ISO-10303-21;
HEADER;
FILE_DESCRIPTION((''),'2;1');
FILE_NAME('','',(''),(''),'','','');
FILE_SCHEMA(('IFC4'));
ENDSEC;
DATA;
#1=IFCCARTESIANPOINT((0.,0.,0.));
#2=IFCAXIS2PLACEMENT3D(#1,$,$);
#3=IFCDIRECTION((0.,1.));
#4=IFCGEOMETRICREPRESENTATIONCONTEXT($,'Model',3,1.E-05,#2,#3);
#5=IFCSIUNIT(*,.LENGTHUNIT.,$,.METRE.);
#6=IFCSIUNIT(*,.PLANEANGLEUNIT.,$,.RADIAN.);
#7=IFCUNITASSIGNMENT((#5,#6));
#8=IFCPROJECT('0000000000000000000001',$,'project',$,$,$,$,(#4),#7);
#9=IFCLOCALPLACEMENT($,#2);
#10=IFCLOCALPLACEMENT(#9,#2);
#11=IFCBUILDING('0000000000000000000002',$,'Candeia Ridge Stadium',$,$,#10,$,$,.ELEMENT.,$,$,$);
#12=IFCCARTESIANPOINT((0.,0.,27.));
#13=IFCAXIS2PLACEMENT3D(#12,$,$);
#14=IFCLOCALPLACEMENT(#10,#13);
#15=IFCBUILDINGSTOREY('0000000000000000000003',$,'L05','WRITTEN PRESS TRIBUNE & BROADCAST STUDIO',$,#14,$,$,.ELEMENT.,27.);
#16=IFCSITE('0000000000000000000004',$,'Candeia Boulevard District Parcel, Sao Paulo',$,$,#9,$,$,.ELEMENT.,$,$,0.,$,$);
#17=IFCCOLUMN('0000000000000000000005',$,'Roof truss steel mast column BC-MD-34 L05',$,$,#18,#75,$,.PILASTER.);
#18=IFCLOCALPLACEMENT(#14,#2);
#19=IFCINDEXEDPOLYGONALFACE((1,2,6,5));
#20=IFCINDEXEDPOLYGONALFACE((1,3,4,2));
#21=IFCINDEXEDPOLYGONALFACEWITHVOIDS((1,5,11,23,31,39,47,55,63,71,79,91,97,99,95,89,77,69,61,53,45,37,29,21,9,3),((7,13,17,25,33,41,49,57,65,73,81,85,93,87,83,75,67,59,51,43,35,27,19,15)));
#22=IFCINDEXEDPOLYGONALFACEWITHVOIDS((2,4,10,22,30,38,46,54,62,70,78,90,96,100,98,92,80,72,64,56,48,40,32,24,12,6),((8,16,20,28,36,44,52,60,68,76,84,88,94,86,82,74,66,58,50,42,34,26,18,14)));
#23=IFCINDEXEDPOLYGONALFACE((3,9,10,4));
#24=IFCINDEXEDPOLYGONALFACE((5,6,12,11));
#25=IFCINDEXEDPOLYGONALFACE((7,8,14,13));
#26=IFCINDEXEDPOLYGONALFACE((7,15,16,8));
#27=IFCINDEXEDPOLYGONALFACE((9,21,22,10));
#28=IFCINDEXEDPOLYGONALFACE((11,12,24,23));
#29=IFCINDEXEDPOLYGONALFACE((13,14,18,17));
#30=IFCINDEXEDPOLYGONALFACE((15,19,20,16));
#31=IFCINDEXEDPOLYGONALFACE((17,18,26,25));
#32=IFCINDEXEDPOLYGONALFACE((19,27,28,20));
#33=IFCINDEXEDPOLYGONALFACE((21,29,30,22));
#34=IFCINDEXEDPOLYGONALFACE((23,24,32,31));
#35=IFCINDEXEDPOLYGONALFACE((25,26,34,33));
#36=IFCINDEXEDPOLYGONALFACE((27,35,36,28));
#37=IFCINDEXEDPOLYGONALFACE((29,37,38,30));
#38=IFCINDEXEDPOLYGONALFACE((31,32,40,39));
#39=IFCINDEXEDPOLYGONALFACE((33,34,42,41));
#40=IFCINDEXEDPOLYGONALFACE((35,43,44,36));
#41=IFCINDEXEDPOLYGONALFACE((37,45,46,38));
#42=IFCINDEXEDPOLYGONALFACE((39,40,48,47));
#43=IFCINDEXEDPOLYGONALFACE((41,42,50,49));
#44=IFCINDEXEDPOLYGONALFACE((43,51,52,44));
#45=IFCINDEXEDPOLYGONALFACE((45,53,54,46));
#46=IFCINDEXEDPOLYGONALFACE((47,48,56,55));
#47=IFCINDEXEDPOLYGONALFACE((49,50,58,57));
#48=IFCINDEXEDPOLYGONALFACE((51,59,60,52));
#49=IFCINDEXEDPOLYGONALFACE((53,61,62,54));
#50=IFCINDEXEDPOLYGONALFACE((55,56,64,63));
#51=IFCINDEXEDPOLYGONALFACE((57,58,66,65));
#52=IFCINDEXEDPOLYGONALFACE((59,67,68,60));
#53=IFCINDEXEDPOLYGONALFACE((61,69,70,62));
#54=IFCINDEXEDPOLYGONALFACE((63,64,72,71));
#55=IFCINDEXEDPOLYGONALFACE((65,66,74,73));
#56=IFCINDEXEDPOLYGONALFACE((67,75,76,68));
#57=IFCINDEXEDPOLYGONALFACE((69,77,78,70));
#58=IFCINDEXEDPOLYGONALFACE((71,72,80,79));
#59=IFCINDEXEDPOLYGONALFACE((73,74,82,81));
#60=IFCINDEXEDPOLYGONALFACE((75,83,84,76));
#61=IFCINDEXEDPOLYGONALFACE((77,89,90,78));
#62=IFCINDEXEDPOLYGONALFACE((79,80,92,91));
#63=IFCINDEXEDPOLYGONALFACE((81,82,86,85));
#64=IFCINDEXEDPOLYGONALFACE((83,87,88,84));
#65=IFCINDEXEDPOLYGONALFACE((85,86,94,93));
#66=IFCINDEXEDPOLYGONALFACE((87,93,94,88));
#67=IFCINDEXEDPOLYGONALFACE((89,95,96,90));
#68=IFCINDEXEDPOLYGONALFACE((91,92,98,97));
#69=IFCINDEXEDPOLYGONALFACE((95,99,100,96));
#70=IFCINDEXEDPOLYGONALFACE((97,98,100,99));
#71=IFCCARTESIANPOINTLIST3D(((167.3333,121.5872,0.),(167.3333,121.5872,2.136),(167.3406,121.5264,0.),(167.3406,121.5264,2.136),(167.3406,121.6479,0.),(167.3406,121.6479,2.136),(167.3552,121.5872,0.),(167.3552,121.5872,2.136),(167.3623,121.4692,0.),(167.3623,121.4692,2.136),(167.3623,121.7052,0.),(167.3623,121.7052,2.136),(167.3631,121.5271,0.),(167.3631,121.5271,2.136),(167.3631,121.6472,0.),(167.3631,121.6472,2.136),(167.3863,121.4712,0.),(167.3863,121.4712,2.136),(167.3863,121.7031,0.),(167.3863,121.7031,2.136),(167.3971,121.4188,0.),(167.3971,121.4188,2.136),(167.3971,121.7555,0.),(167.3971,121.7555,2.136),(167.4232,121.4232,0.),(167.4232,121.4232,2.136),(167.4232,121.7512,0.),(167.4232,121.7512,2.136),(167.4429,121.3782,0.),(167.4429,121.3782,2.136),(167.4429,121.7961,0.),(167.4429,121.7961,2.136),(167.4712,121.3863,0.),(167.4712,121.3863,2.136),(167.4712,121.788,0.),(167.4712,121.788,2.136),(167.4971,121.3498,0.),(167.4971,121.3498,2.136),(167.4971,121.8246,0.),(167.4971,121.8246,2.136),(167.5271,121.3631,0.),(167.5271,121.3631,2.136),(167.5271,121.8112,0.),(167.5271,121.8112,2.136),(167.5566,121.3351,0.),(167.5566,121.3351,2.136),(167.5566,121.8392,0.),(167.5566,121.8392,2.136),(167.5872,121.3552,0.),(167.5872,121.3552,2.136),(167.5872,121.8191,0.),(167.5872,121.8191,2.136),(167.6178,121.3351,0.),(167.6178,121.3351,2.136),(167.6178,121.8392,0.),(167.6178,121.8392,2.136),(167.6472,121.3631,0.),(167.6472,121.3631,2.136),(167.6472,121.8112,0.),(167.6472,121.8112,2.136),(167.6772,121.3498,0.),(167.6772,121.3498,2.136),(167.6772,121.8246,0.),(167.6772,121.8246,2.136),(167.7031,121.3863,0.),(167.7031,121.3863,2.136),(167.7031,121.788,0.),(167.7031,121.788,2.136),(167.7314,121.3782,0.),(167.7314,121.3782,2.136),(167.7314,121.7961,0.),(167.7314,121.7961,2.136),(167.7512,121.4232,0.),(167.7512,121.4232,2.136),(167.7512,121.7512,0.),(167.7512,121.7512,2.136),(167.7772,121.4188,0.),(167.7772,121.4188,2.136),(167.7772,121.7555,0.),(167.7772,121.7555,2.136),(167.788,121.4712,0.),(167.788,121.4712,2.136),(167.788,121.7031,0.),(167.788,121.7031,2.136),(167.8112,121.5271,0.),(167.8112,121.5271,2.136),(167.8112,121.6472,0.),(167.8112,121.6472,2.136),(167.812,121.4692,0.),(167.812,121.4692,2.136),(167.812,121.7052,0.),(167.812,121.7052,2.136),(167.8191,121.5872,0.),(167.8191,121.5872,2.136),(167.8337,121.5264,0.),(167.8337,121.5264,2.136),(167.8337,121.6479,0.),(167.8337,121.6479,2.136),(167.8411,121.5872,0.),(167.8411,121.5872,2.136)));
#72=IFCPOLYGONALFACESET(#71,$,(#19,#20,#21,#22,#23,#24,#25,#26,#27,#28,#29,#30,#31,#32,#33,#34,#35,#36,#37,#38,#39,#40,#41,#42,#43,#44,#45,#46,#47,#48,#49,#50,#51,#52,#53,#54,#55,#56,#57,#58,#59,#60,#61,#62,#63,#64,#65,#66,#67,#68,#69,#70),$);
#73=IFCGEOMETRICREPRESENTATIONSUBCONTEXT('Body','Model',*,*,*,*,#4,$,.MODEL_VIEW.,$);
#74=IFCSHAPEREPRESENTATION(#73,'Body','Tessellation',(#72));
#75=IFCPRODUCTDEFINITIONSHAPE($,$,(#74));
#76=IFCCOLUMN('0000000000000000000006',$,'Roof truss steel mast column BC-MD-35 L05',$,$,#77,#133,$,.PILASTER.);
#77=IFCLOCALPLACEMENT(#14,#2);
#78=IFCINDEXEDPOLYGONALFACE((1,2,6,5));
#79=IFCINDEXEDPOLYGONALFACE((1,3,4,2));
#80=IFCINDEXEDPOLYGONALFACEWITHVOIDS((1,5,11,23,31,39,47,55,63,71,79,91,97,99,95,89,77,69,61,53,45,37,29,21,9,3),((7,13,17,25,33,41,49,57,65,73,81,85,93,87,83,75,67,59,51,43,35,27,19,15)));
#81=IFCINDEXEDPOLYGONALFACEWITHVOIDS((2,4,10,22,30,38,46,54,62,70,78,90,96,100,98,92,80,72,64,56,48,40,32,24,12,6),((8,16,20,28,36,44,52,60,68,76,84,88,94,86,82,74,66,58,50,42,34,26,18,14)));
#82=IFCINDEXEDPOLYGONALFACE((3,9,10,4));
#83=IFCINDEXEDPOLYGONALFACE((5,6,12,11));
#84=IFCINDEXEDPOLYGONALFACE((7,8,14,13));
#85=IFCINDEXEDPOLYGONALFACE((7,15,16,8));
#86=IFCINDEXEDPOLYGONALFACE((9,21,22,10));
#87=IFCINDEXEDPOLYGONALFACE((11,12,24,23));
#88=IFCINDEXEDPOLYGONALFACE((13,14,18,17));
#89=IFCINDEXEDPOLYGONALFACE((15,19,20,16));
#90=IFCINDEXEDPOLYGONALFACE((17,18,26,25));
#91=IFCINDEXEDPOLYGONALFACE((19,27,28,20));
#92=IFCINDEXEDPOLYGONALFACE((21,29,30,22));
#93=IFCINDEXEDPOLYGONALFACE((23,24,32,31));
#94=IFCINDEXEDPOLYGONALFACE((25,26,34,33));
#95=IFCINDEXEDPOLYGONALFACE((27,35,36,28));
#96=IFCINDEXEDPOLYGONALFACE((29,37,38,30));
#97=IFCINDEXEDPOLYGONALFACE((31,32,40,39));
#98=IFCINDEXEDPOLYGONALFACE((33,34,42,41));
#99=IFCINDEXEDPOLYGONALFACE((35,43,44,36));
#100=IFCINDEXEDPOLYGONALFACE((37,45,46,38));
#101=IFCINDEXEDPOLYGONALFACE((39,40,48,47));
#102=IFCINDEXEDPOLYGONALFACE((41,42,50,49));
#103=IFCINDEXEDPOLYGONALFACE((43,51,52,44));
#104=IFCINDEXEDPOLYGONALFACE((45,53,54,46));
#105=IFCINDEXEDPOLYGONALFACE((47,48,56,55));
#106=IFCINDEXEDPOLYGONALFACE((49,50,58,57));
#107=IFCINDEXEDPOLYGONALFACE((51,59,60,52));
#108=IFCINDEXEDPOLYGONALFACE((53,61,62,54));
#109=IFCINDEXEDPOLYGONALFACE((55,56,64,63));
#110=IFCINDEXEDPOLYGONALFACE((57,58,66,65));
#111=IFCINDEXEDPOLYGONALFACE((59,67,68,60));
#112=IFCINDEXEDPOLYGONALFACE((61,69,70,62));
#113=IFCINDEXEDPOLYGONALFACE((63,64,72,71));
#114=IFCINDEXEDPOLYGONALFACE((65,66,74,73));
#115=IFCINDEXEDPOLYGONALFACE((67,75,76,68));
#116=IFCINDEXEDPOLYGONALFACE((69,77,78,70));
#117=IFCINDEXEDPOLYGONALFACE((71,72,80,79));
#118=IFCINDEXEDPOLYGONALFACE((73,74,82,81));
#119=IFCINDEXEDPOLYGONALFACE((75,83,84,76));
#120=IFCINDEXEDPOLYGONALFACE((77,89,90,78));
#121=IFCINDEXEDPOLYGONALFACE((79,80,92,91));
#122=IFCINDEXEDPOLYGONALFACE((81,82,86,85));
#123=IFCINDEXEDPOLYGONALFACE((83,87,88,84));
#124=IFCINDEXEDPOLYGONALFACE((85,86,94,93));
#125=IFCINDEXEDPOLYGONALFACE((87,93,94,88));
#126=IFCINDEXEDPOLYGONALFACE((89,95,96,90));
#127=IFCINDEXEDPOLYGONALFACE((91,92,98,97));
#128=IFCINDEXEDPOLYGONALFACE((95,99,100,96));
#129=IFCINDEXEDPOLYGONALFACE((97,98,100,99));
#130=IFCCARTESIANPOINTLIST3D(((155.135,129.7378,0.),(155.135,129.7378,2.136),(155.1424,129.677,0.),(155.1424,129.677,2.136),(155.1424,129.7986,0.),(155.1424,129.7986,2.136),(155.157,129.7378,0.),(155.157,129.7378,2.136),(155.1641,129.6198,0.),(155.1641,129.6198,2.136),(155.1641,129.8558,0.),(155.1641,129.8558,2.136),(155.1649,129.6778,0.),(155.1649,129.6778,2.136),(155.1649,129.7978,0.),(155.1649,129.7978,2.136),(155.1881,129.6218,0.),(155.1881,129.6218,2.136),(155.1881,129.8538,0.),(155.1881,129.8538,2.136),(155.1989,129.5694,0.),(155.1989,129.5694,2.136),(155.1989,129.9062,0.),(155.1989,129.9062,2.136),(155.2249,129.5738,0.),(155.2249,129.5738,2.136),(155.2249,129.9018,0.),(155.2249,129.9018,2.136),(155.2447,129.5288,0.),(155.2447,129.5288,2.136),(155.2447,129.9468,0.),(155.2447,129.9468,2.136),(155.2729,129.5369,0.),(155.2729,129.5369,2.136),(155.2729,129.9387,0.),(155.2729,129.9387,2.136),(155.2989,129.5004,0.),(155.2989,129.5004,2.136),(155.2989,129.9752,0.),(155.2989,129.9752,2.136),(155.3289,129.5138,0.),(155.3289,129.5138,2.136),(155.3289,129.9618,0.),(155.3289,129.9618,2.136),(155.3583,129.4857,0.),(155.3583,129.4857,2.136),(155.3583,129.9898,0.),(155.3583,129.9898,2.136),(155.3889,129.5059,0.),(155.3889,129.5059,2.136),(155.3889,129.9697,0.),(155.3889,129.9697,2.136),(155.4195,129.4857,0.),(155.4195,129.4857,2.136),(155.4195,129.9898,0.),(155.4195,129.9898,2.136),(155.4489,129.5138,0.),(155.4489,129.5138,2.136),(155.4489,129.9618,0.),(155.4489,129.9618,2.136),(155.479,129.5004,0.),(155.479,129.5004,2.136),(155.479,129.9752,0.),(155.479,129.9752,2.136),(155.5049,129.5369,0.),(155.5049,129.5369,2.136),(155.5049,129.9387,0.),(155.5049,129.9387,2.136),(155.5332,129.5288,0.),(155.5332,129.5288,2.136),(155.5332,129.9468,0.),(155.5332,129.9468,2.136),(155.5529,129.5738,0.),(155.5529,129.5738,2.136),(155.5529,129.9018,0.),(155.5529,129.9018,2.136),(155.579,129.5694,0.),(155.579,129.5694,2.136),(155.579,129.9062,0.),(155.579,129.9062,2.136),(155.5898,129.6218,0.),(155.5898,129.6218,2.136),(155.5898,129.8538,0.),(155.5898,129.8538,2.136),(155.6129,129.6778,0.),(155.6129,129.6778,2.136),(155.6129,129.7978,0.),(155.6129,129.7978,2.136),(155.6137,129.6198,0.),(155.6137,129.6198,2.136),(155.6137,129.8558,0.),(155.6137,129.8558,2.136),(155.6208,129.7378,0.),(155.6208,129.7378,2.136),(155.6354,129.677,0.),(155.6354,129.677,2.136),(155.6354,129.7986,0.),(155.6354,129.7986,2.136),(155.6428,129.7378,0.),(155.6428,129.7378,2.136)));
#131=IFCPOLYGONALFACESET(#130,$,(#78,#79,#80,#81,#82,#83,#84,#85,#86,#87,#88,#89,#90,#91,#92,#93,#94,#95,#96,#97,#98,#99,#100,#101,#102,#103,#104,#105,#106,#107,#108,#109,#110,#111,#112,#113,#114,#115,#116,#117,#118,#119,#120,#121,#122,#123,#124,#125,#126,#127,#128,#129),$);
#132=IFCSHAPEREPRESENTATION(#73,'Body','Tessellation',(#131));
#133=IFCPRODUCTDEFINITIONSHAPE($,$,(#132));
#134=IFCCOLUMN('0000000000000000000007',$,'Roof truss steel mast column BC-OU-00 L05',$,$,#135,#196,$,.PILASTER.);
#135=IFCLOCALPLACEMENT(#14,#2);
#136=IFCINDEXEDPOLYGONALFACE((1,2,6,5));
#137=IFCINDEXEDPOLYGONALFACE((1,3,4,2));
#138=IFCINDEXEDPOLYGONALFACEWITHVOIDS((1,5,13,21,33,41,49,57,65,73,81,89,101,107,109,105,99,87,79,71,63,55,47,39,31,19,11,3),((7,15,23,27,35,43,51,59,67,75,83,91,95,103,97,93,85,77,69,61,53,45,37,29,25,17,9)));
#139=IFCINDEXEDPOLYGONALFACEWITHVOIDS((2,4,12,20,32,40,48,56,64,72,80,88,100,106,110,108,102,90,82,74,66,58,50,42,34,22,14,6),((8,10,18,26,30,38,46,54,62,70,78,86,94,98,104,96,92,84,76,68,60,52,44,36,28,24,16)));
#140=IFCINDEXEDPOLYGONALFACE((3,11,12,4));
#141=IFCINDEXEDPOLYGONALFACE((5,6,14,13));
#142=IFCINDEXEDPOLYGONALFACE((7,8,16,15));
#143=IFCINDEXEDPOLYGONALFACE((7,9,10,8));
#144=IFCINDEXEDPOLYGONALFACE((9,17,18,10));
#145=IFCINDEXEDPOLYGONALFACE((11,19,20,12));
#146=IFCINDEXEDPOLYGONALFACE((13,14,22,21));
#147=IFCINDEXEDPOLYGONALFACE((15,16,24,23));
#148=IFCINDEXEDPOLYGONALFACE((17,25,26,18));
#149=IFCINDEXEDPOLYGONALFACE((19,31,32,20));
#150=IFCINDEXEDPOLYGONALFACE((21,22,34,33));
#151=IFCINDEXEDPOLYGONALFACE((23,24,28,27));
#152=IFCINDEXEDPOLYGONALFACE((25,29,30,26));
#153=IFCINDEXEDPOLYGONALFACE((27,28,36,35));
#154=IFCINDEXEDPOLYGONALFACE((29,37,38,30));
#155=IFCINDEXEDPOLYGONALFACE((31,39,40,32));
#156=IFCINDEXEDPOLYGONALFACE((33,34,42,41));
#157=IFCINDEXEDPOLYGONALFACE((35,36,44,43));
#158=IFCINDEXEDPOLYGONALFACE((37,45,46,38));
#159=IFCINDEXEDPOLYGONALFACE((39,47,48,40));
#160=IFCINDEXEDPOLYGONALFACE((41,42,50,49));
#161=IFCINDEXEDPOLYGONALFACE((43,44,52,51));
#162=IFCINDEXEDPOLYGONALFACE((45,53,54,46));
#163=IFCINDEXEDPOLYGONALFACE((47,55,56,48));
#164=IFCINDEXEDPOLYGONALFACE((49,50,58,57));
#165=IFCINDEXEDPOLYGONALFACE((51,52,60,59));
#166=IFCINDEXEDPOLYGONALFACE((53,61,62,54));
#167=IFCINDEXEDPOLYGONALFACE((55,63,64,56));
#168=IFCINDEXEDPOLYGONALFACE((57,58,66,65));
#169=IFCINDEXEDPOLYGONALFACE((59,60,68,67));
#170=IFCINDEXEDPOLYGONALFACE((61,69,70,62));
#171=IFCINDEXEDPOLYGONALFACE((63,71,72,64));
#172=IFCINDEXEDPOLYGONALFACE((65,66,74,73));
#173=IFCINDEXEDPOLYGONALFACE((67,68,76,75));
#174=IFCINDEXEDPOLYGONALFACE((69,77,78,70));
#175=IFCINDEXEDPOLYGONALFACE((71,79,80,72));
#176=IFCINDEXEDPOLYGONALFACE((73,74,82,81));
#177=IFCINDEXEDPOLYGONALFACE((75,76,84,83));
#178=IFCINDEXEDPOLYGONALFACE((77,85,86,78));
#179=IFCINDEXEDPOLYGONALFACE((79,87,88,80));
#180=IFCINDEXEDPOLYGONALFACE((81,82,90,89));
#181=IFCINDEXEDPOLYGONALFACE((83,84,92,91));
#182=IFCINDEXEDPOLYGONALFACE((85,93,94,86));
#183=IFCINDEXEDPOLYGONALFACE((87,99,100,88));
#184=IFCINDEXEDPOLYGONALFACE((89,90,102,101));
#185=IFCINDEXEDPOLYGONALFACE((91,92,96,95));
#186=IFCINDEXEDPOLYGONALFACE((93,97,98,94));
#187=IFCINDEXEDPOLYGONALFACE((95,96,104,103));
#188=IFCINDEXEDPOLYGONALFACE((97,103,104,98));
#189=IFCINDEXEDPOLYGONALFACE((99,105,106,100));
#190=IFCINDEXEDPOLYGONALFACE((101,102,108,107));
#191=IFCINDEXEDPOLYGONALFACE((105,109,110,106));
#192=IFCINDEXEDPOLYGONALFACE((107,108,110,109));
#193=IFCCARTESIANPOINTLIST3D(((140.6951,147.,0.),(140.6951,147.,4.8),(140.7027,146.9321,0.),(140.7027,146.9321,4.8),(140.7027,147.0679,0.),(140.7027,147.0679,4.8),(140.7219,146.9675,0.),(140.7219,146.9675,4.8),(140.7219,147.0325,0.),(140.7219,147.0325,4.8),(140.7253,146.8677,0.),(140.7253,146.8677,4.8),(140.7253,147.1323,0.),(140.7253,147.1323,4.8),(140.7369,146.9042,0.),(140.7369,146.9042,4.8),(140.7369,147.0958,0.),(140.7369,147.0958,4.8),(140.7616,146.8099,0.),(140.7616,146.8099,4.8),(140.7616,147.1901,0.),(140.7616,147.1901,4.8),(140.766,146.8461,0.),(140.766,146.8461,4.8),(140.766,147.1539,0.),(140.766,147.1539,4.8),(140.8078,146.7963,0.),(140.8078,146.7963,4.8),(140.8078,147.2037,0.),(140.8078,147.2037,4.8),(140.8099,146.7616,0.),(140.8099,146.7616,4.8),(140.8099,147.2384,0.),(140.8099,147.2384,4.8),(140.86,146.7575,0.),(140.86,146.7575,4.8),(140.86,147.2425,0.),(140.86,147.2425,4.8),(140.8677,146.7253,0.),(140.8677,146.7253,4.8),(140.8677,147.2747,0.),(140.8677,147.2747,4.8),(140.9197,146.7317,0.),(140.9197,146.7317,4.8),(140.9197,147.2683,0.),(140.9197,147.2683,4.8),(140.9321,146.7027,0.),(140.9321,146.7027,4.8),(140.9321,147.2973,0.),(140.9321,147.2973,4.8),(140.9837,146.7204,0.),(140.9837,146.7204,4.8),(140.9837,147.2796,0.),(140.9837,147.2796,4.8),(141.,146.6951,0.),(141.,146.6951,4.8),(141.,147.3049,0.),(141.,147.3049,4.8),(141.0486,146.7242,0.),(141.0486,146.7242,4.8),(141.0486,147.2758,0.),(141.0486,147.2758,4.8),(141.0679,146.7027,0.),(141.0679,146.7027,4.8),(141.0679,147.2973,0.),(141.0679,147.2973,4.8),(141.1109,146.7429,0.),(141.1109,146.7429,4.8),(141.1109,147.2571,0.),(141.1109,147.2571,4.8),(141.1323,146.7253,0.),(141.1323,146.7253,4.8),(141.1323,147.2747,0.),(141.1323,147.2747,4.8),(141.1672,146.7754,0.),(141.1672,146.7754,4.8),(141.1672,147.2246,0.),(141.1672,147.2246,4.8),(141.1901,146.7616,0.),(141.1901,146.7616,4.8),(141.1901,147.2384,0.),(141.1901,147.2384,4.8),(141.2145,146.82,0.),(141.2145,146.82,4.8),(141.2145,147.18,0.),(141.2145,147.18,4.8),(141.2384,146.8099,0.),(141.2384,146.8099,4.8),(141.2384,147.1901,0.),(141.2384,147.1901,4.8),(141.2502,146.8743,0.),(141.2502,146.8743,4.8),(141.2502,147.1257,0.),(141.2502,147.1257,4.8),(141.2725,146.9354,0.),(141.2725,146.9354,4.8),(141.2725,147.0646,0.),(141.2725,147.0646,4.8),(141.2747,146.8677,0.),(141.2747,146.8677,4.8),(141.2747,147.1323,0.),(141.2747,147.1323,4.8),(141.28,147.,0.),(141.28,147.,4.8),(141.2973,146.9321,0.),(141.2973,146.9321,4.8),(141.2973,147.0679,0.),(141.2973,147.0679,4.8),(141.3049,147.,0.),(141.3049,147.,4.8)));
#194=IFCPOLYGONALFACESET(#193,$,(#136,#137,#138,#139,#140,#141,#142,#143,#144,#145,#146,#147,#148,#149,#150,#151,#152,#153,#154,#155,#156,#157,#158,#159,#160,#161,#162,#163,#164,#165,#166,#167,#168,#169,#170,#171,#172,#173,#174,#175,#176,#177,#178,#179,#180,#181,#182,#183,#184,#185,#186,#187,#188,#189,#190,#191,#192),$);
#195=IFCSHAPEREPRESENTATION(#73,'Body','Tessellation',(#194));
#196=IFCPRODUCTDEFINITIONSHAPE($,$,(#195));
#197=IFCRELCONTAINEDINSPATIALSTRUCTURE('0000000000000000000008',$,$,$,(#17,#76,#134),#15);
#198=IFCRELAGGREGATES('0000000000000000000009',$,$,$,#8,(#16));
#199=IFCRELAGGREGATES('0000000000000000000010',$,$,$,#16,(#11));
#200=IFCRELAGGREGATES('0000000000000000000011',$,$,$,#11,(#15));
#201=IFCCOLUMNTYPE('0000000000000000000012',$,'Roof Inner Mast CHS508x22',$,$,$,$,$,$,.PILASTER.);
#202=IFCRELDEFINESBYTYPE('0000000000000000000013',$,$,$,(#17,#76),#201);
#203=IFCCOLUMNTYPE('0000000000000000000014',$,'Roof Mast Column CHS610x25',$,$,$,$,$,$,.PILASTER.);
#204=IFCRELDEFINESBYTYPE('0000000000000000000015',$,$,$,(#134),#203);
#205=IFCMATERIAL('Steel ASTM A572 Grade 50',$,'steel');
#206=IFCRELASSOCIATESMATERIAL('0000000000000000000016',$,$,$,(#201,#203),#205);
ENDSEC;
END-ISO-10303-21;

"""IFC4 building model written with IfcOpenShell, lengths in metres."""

from ifc_helpers import new_model, si_unit, direction, frame, origin, origin_2d, place, context, subcontext, project, spatial, hollow_circle, extrude, material, material_profile, profile_set, type_object, element, save


model = new_model("IFC4")

# Units and contexts
model_context = context("Model", 3, precision=1e-05, world=origin(), true_north=direction((0.0, 1.0)))
body_context = subcontext(model_context, "Body", "Model", "MODEL_VIEW")
ifc_project = project(units=[si_unit("LENGTHUNIT", "METRE"), si_unit("PLANEANGLEUNIT", "RADIAN")], contexts=[model_context])

# Site, building, storey
site_placement = place(None, origin())
site = spatial("IfcSite", under=ifc_project, at=site_placement, Name="Candeia Boulevard District Parcel, Sao Paulo", CompositionType="ELEMENT", RefElevation=0.0)
building_placement = place(site_placement, origin())
building = spatial("IfcBuilding", under=site, at=building_placement, Name="Candeia Ridge Stadium", CompositionType="ELEMENT")
storey_placement = place(building_placement, frame((0.0, 0.0, 27.0)))
storey = spatial("IfcBuildingStorey", under=building, at=storey_placement, Name="L05", Description="WRITTEN PRESS TRIBUNE & BROADCAST STUDIO", CompositionType="ELEMENT", Elevation=27.0)

# Columns
ifc_material_1 = material(Name="Steel ASTM A572 Grade 50", Category="steel")
ifc_material_profile_1 = material_profile(ifc_material_1, hollow_circle(Radius=0.2539, WallThickness=0.022, at=origin_2d()), Name="CHS508x22", Category="steel")
ifc_profile_set_1 = profile_set([ifc_material_profile_1], Name="Steel ASTM A572 Grade 50")
column_type_1 = type_object("IfcColumnType", Name="Roof Inner Mast CHS508x22", PredefinedType="PILASTER", material=ifc_profile_set_1)
for number, where, z_axis, x_axis, name in (
    (1, (167.5872, 121.5872, 0.0), (0.0, 0.0, 1.0), (1.0, 0.0, 0.0), "Roof truss steel mast column BC-MD-34 L05"),
    (2, (155.3889, 129.7378, 0.0), (0.0, 0.0, 1.0), (1.0, 0.0, 0.0), "Roof truss steel mast column BC-MD-35 L05"),
):
    element("IfcColumn", number, at=place(storey_placement, frame(where, z_axis=z_axis, x_axis=x_axis)), inside=storey, type_object=column_type_1, Name=name, PredefinedType="PILASTER", context=body_context, shape_type="SweptSolid", body=[
        extrude(hollow_circle(Radius=0.2539, WallThickness=0.022, at=origin_2d()), origin(), (0.0, 0.0, 1.0), 2.136),
    ])
ifc_material_profile_2 = material_profile(ifc_material_1, hollow_circle(Radius=0.3049, WallThickness=0.0249, at=origin_2d()), Name="CHS610x25", Category="steel")
ifc_profile_set_2 = profile_set([ifc_material_profile_2], Name="Steel ASTM A572 Grade 50")
column_type_2 = type_object("IfcColumnType", Name="Roof Mast Column CHS610x25", PredefinedType="PILASTER", material=ifc_profile_set_2)
for number, where, z_axis, x_axis, name in (
    (3, (141.0, 147.0, 0.0), (0.0, 0.0, 1.0), (1.0, 0.0, 0.0), "Roof truss steel mast column BC-OU-00 L05"),
):
    element("IfcColumn", number, at=place(storey_placement, frame(where, z_axis=z_axis, x_axis=x_axis)), inside=storey, type_object=column_type_2, Name=name, PredefinedType="PILASTER", context=body_context, shape_type="SweptSolid", body=[
        extrude(hollow_circle(Radius=0.3049, WallThickness=0.0249, at=origin_2d()), origin(), (0.0, 0.0, 1.0), 4.8),
    ])

save(model, "model.ifc")
